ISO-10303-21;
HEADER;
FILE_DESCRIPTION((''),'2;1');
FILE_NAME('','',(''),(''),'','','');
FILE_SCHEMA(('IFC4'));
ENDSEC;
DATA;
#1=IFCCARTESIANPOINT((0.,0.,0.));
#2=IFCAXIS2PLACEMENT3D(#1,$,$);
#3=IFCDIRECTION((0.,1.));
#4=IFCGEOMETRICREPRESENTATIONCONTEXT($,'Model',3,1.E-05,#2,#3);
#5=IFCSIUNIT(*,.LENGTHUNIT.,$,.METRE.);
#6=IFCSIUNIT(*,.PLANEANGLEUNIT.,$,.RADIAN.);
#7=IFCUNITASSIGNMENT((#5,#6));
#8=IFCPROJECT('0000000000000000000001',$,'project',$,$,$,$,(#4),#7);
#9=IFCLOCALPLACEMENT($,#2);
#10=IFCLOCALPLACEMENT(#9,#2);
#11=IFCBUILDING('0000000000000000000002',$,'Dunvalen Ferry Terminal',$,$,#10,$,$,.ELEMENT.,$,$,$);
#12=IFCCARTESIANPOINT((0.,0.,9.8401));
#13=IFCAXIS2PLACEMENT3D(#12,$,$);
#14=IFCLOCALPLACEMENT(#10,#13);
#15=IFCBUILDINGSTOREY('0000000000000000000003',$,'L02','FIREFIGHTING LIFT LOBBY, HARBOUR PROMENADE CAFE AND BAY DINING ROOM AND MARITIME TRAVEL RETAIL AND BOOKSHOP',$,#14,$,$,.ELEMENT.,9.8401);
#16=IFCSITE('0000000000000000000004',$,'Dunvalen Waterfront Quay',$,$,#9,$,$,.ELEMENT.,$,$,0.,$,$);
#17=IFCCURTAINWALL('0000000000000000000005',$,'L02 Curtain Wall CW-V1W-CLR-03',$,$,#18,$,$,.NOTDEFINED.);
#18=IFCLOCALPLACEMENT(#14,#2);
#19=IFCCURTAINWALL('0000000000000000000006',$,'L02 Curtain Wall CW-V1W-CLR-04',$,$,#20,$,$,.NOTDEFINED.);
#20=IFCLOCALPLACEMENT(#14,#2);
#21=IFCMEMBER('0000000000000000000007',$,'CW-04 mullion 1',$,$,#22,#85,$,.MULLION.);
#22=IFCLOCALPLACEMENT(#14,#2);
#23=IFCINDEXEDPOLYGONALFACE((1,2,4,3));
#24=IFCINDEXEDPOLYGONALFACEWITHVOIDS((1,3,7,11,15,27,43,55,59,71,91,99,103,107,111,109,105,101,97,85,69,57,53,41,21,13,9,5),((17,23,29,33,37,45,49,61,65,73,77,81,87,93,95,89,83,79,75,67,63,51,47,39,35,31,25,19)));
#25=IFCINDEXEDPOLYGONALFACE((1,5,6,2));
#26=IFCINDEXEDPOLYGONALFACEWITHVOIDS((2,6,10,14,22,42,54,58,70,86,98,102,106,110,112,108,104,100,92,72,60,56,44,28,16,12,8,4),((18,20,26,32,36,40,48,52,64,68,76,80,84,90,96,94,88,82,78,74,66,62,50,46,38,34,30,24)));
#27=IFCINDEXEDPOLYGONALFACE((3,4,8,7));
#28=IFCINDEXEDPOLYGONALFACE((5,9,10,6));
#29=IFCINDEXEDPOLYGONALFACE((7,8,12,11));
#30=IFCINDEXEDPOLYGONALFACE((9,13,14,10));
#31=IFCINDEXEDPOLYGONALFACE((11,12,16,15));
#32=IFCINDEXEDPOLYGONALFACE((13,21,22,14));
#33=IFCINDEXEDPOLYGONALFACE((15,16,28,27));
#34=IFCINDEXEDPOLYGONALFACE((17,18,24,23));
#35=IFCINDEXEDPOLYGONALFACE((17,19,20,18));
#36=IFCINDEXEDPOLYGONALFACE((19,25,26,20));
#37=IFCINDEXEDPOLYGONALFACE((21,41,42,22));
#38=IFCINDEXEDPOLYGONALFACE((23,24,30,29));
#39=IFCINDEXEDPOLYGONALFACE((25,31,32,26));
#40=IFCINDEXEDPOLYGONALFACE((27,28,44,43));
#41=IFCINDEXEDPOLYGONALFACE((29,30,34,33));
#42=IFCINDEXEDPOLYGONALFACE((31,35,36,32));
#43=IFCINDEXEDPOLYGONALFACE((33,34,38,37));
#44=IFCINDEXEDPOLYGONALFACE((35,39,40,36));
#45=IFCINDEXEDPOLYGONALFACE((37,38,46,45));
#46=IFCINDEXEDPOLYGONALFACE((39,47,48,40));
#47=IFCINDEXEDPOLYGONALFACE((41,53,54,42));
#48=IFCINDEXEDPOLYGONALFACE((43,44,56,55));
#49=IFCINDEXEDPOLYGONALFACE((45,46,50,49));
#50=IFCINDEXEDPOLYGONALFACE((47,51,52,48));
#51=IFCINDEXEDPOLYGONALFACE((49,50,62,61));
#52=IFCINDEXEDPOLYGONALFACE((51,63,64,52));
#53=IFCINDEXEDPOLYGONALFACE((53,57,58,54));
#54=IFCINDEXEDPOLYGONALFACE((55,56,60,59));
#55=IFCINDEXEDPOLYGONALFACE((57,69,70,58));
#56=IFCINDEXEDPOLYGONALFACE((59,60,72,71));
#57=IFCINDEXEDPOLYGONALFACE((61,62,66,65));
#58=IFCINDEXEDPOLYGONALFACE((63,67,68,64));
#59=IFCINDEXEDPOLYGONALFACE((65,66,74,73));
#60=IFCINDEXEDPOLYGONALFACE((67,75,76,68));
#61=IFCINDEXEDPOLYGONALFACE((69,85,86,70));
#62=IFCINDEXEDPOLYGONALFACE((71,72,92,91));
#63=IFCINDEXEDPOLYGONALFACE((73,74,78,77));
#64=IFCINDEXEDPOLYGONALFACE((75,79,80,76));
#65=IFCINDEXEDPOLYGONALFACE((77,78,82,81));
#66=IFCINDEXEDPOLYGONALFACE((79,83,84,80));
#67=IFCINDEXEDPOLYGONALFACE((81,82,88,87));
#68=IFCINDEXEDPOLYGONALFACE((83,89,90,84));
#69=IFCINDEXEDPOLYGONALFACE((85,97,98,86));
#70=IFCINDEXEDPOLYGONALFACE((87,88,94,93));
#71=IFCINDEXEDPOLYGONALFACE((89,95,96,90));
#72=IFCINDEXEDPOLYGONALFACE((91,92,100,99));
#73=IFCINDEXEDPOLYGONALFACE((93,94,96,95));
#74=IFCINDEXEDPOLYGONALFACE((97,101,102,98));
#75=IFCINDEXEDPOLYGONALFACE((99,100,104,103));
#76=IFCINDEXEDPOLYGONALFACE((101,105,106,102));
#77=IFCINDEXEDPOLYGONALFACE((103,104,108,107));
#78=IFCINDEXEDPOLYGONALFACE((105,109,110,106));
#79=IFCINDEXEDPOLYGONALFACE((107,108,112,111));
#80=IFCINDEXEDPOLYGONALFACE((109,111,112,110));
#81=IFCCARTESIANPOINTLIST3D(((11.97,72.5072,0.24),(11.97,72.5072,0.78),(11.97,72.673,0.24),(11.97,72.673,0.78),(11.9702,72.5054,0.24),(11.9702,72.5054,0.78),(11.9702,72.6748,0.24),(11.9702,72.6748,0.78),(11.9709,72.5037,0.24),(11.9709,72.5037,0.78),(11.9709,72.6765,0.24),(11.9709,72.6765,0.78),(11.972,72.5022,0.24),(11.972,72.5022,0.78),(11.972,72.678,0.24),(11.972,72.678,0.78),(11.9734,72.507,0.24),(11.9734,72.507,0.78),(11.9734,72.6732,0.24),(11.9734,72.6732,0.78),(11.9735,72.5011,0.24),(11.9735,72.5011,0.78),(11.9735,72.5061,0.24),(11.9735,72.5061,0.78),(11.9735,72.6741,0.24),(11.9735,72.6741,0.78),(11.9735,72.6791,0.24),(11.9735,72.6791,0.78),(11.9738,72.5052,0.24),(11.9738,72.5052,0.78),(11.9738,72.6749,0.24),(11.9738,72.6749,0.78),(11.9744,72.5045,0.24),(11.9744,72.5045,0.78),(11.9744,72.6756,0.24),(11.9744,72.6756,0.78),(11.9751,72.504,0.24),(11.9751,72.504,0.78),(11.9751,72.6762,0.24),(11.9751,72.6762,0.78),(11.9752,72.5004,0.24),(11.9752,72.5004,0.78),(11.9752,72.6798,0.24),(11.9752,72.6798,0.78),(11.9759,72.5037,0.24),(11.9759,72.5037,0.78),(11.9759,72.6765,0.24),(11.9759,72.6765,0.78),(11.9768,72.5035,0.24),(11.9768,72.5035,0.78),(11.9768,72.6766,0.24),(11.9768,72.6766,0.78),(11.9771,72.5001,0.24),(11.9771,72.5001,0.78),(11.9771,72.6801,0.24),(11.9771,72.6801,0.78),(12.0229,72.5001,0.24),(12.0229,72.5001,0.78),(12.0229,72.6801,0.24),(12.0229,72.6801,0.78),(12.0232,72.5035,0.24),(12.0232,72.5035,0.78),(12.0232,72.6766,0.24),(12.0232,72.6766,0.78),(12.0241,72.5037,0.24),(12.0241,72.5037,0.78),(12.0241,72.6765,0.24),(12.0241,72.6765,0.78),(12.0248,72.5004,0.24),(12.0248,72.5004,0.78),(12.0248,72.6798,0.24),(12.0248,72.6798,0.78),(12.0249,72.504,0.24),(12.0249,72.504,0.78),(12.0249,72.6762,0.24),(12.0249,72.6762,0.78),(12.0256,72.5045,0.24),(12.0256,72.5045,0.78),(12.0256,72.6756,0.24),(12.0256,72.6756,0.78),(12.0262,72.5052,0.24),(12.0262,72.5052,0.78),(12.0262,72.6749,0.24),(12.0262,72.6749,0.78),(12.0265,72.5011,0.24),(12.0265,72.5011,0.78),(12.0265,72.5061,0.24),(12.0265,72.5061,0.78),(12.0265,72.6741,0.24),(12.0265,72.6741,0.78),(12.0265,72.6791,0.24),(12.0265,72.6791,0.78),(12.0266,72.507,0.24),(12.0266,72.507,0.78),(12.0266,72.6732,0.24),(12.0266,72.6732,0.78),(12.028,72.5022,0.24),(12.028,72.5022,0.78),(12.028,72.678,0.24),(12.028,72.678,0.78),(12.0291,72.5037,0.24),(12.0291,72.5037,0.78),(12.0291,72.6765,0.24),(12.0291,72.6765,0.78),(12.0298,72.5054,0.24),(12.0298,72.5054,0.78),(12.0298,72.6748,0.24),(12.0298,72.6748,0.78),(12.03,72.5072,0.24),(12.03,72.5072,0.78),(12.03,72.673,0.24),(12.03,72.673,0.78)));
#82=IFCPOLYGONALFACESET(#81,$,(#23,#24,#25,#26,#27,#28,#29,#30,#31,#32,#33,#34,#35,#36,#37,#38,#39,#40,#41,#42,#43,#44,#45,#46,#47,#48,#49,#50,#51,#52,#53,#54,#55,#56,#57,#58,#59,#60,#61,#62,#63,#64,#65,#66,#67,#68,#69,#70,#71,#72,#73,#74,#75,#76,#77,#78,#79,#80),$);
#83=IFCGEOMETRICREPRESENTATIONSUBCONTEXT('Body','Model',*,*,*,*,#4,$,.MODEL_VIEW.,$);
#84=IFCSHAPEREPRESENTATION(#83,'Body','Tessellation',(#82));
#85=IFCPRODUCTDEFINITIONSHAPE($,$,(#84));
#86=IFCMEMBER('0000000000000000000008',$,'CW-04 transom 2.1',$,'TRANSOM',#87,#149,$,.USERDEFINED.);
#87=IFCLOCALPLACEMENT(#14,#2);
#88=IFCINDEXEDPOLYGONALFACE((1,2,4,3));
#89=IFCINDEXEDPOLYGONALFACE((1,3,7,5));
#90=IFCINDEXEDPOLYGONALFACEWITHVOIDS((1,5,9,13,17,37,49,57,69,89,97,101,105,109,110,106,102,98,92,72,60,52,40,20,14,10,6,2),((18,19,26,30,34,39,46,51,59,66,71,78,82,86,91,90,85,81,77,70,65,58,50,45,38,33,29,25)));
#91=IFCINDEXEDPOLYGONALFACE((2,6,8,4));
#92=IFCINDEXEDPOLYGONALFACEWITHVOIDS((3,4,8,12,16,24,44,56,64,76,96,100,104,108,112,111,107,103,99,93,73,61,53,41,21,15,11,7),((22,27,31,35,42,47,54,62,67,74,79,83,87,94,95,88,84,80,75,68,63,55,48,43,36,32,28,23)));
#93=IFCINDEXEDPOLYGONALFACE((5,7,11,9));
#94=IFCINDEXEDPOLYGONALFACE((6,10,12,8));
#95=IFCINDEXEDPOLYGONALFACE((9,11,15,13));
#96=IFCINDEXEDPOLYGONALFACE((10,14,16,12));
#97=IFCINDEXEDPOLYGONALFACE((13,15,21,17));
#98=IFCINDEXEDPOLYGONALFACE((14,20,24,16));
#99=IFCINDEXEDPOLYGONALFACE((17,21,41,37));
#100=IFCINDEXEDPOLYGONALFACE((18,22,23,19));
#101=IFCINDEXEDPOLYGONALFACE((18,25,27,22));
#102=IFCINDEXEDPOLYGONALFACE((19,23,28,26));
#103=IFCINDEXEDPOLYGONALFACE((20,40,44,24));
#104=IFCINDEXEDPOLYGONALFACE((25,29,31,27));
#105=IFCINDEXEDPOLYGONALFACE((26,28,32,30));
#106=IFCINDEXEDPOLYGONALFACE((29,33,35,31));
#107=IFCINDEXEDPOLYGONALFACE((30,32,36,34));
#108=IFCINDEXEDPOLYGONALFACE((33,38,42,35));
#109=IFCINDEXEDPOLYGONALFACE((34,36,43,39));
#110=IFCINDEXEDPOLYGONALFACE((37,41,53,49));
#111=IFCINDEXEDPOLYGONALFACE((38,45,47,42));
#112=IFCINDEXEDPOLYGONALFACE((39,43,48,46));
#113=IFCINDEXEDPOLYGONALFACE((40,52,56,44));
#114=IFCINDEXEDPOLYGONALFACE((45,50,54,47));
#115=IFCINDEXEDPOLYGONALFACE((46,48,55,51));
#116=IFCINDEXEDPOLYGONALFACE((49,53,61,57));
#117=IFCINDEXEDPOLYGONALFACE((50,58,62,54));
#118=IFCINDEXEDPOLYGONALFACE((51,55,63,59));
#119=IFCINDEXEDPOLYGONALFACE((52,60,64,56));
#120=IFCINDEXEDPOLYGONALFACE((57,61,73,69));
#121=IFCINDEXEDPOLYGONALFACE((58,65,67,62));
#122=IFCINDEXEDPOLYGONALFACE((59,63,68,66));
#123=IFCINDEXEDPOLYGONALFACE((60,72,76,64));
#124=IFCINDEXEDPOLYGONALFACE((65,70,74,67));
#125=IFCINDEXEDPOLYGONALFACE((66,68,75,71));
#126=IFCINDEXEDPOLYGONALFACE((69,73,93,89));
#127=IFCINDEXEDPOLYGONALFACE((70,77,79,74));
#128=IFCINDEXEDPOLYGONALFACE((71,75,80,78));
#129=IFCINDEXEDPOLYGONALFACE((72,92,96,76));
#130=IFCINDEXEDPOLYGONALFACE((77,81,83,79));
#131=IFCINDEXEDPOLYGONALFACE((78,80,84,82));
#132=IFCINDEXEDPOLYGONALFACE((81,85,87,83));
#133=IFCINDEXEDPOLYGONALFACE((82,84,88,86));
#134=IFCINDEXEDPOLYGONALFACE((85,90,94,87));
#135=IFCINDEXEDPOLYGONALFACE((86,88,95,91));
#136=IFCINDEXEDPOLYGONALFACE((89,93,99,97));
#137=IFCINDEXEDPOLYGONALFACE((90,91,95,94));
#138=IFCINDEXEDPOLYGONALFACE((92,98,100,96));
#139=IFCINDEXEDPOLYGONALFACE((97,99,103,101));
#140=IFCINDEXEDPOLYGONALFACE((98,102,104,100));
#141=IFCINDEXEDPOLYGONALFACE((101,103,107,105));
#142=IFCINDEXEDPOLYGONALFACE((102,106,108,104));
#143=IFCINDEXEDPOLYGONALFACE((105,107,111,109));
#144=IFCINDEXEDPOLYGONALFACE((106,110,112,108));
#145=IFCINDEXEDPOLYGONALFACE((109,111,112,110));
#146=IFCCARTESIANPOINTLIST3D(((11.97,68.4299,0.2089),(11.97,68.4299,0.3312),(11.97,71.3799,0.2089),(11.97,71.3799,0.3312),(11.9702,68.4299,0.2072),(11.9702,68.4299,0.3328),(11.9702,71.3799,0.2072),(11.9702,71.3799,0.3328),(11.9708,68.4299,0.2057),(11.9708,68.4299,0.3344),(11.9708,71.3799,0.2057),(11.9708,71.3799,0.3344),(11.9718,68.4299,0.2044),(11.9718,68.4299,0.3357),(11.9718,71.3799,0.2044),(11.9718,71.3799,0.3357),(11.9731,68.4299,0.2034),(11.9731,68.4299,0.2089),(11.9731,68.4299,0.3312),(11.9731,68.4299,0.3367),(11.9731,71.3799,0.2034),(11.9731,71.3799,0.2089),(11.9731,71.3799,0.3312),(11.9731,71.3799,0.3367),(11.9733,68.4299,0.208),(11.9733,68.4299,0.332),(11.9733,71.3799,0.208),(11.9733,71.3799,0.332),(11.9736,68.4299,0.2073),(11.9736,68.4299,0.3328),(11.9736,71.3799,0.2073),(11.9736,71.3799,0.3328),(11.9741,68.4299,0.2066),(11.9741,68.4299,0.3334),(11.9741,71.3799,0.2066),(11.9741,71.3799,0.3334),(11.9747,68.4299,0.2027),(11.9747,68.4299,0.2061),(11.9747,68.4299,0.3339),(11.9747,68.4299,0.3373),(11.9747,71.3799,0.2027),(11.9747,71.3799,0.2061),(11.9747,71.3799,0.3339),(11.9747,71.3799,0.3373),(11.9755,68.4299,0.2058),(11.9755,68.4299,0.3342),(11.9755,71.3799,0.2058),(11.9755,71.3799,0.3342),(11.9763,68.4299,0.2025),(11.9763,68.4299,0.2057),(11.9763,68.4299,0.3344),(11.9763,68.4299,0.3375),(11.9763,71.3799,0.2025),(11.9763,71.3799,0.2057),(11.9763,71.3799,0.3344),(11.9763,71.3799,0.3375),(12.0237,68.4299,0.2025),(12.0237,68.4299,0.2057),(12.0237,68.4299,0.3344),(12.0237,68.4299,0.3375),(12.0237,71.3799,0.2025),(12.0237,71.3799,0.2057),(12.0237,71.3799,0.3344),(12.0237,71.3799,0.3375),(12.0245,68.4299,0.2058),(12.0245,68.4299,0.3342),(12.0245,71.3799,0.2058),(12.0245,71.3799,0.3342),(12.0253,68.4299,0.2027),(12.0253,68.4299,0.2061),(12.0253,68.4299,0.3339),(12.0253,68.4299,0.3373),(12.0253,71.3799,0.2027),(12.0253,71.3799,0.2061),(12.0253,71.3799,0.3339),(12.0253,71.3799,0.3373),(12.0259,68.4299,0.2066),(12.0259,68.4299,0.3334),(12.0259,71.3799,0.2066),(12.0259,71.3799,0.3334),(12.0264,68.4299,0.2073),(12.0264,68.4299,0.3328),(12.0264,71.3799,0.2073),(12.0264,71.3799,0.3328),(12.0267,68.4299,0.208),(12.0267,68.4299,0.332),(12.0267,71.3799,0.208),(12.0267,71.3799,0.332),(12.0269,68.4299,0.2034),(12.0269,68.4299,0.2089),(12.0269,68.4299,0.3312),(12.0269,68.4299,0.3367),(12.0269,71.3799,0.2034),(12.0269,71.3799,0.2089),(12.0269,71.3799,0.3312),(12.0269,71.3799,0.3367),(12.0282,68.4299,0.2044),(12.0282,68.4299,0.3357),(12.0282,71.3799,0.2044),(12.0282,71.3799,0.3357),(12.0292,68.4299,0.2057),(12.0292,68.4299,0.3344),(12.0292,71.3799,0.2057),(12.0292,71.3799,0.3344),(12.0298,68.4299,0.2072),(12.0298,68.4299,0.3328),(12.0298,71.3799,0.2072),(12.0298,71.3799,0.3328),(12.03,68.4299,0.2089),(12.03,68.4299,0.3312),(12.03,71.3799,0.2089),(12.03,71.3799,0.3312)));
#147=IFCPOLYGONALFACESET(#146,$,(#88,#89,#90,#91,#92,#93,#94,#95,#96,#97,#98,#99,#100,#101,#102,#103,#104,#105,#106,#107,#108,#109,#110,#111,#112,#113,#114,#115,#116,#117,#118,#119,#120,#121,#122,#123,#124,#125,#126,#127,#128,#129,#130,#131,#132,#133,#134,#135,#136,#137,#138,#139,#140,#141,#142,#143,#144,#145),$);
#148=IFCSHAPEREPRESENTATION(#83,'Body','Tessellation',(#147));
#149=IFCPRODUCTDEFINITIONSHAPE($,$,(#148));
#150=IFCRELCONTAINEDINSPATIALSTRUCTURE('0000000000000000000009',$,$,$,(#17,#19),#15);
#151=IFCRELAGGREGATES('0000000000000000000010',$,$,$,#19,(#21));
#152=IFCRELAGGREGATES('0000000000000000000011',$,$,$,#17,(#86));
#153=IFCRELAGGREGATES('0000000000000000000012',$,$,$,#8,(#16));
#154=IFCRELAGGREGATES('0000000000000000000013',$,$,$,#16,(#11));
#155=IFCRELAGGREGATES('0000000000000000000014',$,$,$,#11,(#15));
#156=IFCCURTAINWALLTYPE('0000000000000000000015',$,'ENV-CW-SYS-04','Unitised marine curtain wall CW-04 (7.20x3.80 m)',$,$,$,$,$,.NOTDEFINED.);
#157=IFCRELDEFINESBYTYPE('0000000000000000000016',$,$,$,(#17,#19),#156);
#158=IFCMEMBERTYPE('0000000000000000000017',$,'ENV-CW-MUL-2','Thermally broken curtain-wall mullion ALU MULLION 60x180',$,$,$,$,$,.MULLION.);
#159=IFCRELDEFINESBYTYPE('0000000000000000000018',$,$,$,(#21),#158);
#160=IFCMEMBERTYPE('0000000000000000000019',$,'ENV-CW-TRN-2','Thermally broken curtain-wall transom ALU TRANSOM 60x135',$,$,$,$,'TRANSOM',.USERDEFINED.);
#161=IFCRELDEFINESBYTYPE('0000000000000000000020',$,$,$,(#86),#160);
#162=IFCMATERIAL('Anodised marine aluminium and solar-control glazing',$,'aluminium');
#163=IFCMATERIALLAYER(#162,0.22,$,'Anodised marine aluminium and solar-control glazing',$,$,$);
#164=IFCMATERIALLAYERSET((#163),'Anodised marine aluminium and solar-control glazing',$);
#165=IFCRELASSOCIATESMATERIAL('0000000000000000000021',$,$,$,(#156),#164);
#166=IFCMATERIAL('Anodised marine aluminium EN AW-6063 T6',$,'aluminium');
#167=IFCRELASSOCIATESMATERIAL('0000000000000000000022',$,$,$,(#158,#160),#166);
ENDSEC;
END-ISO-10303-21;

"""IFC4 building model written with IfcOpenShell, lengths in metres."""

from ifc_helpers import new_model, si_unit, direction, frame, origin, origin_2d, place, context, subcontext, project, spatial, hollow_rectangle, extrude, material, layer, layer_set, material_profile, profile_set, type_object, element, aggregate, save


model = new_model("IFC4")

# Units and contexts
model_context = context("Model", 3, precision=1e-05, world=origin(), true_north=direction((0.0, 1.0)))
body_context = subcontext(model_context, "Body", "Model", "MODEL_VIEW")
ifc_project = project(units=[si_unit("LENGTHUNIT", "METRE"), si_unit("PLANEANGLEUNIT", "RADIAN")], contexts=[model_context])

# Site, building, storey
site_placement = place(None, origin())
site = spatial("IfcSite", under=ifc_project, at=site_placement, Name="Dunvalen Waterfront Quay", CompositionType="ELEMENT", RefElevation=0.0)
building_placement = place(site_placement, origin())
building = spatial("IfcBuilding", under=site, at=building_placement, Name="Dunvalen Ferry Terminal", CompositionType="ELEMENT")
storey_placement = place(building_placement, frame((0.0, 0.0, 9.8401)))
storey = spatial("IfcBuildingStorey", under=building, at=storey_placement, Name="L02", Description="FIREFIGHTING LIFT LOBBY, HARBOUR PROMENADE CAFE AND BAY DINING ROOM AND MARITIME TRAVEL RETAIL AND BOOKSHOP", CompositionType="ELEMENT", Elevation=9.8401)

# Curtain wall
ifc_material_1 = material(Name="Anodised marine aluminium and solar-control glazing", Category="aluminium")
ifc_layer_1 = layer(ifc_material_1, 0.22, Name="Anodised marine aluminium and solar-control glazing")
ifc_layer_set_1 = layer_set([ifc_layer_1], Name="Anodised marine aluminium and solar-control glazing")
curtain_wall_type = type_object("IfcCurtainWallType", Name="ENV-CW-SYS-04", Description="Unitised marine curtain wall CW-04 (7.20x3.80 m)", PredefinedType="NOTDEFINED", material=ifc_layer_set_1)
curtain_wall_1_placement = place(storey_placement, origin())
curtain_wall_1 = element("IfcCurtainWall", 1, at=curtain_wall_1_placement, inside=storey, type_object=curtain_wall_type, Name="L02 Curtain Wall CW-V1W-CLR-03", PredefinedType="NOTDEFINED")
ifc_material_2 = material(Name="Anodised marine aluminium EN AW-6063 T6", Category="aluminium")
ifc_material_profile_1 = material_profile(ifc_material_2, hollow_rectangle(XDim=0.0601, YDim=0.1799, WallThickness=0.0034, InnerFilletRadius=0.0034, OuterFilletRadius=0.0071, at=origin_2d()), Name="Anodised marine aluminium EN AW-6063 T6")
ifc_profile_set_1 = profile_set([ifc_material_profile_1], Name="Anodised marine aluminium EN AW-6063 T6")
member_type_1 = type_object("IfcMemberType", Name="ENV-CW-MUL-2", Description="Thermally broken curtain-wall mullion ALU MULLION 60x180", PredefinedType="MULLION", material=ifc_profile_set_1)

# Curtain wall, member
curtain_wall_2_placement = place(storey_placement, origin())
curtain_wall_2 = element("IfcCurtainWall", 2, at=curtain_wall_2_placement, inside=storey, type_object=curtain_wall_type, Name="L02 Curtain Wall CW-V1W-CLR-04", PredefinedType="NOTDEFINED")
member_1_placement = place(storey_placement, frame((12.0, 72.5901, 0.24), z_axis=(0.0, 0.0, 1.0), x_axis=(-1.0, 0.0, 0.0)))
member_1 = element("IfcMember", 3, at=member_1_placement, type_object=member_type_1, Name="CW-04 mullion 1", PredefinedType="MULLION", context=body_context, shape_type="SweptSolid", body=[
    extrude(hollow_rectangle(XDim=0.0601, YDim=0.1799, WallThickness=0.0034, InnerFilletRadius=0.0034, OuterFilletRadius=0.0071, at=origin_2d()), origin(), (0.0, 0.0, 1.0), 0.54),
])

# Member
ifc_material_profile_2 = material_profile(ifc_material_2, hollow_rectangle(XDim=0.0601, YDim=0.135, WallThickness=0.0032, InnerFilletRadius=0.0032, OuterFilletRadius=0.0063, at=origin_2d()), Name="Anodised marine aluminium EN AW-6063 T6")
ifc_profile_set_2 = profile_set([ifc_material_profile_2], Name="Anodised marine aluminium EN AW-6063 T6")
member_type_2 = type_object("IfcMemberType", Name="ENV-CW-TRN-2", Description="Thermally broken curtain-wall transom ALU TRANSOM 60x135", ElementType="TRANSOM", PredefinedType="USERDEFINED", material=ifc_profile_set_2)
member_2_placement = place(storey_placement, frame((12.0, 68.4299, 0.27), z_axis=(0.0, 1.0, 0.0), x_axis=(-1.0, 0.0, 0.0)))
member_2 = element("IfcMember", 4, at=member_2_placement, type_object=member_type_2, Name="CW-04 transom 2.1", ObjectType="TRANSOM", PredefinedType="USERDEFINED", context=body_context, shape_type="SweptSolid", body=[
    extrude(hollow_rectangle(XDim=0.0601, YDim=0.135, WallThickness=0.0032, InnerFilletRadius=0.0032, OuterFilletRadius=0.0063, at=origin_2d()), origin(), (0.0, 0.0, 1.0), 2.95),
])
aggregate(curtain_wall_2, [member_1])

aggregate(curtain_wall_1, [member_2])

save(model, "model.ifc")
